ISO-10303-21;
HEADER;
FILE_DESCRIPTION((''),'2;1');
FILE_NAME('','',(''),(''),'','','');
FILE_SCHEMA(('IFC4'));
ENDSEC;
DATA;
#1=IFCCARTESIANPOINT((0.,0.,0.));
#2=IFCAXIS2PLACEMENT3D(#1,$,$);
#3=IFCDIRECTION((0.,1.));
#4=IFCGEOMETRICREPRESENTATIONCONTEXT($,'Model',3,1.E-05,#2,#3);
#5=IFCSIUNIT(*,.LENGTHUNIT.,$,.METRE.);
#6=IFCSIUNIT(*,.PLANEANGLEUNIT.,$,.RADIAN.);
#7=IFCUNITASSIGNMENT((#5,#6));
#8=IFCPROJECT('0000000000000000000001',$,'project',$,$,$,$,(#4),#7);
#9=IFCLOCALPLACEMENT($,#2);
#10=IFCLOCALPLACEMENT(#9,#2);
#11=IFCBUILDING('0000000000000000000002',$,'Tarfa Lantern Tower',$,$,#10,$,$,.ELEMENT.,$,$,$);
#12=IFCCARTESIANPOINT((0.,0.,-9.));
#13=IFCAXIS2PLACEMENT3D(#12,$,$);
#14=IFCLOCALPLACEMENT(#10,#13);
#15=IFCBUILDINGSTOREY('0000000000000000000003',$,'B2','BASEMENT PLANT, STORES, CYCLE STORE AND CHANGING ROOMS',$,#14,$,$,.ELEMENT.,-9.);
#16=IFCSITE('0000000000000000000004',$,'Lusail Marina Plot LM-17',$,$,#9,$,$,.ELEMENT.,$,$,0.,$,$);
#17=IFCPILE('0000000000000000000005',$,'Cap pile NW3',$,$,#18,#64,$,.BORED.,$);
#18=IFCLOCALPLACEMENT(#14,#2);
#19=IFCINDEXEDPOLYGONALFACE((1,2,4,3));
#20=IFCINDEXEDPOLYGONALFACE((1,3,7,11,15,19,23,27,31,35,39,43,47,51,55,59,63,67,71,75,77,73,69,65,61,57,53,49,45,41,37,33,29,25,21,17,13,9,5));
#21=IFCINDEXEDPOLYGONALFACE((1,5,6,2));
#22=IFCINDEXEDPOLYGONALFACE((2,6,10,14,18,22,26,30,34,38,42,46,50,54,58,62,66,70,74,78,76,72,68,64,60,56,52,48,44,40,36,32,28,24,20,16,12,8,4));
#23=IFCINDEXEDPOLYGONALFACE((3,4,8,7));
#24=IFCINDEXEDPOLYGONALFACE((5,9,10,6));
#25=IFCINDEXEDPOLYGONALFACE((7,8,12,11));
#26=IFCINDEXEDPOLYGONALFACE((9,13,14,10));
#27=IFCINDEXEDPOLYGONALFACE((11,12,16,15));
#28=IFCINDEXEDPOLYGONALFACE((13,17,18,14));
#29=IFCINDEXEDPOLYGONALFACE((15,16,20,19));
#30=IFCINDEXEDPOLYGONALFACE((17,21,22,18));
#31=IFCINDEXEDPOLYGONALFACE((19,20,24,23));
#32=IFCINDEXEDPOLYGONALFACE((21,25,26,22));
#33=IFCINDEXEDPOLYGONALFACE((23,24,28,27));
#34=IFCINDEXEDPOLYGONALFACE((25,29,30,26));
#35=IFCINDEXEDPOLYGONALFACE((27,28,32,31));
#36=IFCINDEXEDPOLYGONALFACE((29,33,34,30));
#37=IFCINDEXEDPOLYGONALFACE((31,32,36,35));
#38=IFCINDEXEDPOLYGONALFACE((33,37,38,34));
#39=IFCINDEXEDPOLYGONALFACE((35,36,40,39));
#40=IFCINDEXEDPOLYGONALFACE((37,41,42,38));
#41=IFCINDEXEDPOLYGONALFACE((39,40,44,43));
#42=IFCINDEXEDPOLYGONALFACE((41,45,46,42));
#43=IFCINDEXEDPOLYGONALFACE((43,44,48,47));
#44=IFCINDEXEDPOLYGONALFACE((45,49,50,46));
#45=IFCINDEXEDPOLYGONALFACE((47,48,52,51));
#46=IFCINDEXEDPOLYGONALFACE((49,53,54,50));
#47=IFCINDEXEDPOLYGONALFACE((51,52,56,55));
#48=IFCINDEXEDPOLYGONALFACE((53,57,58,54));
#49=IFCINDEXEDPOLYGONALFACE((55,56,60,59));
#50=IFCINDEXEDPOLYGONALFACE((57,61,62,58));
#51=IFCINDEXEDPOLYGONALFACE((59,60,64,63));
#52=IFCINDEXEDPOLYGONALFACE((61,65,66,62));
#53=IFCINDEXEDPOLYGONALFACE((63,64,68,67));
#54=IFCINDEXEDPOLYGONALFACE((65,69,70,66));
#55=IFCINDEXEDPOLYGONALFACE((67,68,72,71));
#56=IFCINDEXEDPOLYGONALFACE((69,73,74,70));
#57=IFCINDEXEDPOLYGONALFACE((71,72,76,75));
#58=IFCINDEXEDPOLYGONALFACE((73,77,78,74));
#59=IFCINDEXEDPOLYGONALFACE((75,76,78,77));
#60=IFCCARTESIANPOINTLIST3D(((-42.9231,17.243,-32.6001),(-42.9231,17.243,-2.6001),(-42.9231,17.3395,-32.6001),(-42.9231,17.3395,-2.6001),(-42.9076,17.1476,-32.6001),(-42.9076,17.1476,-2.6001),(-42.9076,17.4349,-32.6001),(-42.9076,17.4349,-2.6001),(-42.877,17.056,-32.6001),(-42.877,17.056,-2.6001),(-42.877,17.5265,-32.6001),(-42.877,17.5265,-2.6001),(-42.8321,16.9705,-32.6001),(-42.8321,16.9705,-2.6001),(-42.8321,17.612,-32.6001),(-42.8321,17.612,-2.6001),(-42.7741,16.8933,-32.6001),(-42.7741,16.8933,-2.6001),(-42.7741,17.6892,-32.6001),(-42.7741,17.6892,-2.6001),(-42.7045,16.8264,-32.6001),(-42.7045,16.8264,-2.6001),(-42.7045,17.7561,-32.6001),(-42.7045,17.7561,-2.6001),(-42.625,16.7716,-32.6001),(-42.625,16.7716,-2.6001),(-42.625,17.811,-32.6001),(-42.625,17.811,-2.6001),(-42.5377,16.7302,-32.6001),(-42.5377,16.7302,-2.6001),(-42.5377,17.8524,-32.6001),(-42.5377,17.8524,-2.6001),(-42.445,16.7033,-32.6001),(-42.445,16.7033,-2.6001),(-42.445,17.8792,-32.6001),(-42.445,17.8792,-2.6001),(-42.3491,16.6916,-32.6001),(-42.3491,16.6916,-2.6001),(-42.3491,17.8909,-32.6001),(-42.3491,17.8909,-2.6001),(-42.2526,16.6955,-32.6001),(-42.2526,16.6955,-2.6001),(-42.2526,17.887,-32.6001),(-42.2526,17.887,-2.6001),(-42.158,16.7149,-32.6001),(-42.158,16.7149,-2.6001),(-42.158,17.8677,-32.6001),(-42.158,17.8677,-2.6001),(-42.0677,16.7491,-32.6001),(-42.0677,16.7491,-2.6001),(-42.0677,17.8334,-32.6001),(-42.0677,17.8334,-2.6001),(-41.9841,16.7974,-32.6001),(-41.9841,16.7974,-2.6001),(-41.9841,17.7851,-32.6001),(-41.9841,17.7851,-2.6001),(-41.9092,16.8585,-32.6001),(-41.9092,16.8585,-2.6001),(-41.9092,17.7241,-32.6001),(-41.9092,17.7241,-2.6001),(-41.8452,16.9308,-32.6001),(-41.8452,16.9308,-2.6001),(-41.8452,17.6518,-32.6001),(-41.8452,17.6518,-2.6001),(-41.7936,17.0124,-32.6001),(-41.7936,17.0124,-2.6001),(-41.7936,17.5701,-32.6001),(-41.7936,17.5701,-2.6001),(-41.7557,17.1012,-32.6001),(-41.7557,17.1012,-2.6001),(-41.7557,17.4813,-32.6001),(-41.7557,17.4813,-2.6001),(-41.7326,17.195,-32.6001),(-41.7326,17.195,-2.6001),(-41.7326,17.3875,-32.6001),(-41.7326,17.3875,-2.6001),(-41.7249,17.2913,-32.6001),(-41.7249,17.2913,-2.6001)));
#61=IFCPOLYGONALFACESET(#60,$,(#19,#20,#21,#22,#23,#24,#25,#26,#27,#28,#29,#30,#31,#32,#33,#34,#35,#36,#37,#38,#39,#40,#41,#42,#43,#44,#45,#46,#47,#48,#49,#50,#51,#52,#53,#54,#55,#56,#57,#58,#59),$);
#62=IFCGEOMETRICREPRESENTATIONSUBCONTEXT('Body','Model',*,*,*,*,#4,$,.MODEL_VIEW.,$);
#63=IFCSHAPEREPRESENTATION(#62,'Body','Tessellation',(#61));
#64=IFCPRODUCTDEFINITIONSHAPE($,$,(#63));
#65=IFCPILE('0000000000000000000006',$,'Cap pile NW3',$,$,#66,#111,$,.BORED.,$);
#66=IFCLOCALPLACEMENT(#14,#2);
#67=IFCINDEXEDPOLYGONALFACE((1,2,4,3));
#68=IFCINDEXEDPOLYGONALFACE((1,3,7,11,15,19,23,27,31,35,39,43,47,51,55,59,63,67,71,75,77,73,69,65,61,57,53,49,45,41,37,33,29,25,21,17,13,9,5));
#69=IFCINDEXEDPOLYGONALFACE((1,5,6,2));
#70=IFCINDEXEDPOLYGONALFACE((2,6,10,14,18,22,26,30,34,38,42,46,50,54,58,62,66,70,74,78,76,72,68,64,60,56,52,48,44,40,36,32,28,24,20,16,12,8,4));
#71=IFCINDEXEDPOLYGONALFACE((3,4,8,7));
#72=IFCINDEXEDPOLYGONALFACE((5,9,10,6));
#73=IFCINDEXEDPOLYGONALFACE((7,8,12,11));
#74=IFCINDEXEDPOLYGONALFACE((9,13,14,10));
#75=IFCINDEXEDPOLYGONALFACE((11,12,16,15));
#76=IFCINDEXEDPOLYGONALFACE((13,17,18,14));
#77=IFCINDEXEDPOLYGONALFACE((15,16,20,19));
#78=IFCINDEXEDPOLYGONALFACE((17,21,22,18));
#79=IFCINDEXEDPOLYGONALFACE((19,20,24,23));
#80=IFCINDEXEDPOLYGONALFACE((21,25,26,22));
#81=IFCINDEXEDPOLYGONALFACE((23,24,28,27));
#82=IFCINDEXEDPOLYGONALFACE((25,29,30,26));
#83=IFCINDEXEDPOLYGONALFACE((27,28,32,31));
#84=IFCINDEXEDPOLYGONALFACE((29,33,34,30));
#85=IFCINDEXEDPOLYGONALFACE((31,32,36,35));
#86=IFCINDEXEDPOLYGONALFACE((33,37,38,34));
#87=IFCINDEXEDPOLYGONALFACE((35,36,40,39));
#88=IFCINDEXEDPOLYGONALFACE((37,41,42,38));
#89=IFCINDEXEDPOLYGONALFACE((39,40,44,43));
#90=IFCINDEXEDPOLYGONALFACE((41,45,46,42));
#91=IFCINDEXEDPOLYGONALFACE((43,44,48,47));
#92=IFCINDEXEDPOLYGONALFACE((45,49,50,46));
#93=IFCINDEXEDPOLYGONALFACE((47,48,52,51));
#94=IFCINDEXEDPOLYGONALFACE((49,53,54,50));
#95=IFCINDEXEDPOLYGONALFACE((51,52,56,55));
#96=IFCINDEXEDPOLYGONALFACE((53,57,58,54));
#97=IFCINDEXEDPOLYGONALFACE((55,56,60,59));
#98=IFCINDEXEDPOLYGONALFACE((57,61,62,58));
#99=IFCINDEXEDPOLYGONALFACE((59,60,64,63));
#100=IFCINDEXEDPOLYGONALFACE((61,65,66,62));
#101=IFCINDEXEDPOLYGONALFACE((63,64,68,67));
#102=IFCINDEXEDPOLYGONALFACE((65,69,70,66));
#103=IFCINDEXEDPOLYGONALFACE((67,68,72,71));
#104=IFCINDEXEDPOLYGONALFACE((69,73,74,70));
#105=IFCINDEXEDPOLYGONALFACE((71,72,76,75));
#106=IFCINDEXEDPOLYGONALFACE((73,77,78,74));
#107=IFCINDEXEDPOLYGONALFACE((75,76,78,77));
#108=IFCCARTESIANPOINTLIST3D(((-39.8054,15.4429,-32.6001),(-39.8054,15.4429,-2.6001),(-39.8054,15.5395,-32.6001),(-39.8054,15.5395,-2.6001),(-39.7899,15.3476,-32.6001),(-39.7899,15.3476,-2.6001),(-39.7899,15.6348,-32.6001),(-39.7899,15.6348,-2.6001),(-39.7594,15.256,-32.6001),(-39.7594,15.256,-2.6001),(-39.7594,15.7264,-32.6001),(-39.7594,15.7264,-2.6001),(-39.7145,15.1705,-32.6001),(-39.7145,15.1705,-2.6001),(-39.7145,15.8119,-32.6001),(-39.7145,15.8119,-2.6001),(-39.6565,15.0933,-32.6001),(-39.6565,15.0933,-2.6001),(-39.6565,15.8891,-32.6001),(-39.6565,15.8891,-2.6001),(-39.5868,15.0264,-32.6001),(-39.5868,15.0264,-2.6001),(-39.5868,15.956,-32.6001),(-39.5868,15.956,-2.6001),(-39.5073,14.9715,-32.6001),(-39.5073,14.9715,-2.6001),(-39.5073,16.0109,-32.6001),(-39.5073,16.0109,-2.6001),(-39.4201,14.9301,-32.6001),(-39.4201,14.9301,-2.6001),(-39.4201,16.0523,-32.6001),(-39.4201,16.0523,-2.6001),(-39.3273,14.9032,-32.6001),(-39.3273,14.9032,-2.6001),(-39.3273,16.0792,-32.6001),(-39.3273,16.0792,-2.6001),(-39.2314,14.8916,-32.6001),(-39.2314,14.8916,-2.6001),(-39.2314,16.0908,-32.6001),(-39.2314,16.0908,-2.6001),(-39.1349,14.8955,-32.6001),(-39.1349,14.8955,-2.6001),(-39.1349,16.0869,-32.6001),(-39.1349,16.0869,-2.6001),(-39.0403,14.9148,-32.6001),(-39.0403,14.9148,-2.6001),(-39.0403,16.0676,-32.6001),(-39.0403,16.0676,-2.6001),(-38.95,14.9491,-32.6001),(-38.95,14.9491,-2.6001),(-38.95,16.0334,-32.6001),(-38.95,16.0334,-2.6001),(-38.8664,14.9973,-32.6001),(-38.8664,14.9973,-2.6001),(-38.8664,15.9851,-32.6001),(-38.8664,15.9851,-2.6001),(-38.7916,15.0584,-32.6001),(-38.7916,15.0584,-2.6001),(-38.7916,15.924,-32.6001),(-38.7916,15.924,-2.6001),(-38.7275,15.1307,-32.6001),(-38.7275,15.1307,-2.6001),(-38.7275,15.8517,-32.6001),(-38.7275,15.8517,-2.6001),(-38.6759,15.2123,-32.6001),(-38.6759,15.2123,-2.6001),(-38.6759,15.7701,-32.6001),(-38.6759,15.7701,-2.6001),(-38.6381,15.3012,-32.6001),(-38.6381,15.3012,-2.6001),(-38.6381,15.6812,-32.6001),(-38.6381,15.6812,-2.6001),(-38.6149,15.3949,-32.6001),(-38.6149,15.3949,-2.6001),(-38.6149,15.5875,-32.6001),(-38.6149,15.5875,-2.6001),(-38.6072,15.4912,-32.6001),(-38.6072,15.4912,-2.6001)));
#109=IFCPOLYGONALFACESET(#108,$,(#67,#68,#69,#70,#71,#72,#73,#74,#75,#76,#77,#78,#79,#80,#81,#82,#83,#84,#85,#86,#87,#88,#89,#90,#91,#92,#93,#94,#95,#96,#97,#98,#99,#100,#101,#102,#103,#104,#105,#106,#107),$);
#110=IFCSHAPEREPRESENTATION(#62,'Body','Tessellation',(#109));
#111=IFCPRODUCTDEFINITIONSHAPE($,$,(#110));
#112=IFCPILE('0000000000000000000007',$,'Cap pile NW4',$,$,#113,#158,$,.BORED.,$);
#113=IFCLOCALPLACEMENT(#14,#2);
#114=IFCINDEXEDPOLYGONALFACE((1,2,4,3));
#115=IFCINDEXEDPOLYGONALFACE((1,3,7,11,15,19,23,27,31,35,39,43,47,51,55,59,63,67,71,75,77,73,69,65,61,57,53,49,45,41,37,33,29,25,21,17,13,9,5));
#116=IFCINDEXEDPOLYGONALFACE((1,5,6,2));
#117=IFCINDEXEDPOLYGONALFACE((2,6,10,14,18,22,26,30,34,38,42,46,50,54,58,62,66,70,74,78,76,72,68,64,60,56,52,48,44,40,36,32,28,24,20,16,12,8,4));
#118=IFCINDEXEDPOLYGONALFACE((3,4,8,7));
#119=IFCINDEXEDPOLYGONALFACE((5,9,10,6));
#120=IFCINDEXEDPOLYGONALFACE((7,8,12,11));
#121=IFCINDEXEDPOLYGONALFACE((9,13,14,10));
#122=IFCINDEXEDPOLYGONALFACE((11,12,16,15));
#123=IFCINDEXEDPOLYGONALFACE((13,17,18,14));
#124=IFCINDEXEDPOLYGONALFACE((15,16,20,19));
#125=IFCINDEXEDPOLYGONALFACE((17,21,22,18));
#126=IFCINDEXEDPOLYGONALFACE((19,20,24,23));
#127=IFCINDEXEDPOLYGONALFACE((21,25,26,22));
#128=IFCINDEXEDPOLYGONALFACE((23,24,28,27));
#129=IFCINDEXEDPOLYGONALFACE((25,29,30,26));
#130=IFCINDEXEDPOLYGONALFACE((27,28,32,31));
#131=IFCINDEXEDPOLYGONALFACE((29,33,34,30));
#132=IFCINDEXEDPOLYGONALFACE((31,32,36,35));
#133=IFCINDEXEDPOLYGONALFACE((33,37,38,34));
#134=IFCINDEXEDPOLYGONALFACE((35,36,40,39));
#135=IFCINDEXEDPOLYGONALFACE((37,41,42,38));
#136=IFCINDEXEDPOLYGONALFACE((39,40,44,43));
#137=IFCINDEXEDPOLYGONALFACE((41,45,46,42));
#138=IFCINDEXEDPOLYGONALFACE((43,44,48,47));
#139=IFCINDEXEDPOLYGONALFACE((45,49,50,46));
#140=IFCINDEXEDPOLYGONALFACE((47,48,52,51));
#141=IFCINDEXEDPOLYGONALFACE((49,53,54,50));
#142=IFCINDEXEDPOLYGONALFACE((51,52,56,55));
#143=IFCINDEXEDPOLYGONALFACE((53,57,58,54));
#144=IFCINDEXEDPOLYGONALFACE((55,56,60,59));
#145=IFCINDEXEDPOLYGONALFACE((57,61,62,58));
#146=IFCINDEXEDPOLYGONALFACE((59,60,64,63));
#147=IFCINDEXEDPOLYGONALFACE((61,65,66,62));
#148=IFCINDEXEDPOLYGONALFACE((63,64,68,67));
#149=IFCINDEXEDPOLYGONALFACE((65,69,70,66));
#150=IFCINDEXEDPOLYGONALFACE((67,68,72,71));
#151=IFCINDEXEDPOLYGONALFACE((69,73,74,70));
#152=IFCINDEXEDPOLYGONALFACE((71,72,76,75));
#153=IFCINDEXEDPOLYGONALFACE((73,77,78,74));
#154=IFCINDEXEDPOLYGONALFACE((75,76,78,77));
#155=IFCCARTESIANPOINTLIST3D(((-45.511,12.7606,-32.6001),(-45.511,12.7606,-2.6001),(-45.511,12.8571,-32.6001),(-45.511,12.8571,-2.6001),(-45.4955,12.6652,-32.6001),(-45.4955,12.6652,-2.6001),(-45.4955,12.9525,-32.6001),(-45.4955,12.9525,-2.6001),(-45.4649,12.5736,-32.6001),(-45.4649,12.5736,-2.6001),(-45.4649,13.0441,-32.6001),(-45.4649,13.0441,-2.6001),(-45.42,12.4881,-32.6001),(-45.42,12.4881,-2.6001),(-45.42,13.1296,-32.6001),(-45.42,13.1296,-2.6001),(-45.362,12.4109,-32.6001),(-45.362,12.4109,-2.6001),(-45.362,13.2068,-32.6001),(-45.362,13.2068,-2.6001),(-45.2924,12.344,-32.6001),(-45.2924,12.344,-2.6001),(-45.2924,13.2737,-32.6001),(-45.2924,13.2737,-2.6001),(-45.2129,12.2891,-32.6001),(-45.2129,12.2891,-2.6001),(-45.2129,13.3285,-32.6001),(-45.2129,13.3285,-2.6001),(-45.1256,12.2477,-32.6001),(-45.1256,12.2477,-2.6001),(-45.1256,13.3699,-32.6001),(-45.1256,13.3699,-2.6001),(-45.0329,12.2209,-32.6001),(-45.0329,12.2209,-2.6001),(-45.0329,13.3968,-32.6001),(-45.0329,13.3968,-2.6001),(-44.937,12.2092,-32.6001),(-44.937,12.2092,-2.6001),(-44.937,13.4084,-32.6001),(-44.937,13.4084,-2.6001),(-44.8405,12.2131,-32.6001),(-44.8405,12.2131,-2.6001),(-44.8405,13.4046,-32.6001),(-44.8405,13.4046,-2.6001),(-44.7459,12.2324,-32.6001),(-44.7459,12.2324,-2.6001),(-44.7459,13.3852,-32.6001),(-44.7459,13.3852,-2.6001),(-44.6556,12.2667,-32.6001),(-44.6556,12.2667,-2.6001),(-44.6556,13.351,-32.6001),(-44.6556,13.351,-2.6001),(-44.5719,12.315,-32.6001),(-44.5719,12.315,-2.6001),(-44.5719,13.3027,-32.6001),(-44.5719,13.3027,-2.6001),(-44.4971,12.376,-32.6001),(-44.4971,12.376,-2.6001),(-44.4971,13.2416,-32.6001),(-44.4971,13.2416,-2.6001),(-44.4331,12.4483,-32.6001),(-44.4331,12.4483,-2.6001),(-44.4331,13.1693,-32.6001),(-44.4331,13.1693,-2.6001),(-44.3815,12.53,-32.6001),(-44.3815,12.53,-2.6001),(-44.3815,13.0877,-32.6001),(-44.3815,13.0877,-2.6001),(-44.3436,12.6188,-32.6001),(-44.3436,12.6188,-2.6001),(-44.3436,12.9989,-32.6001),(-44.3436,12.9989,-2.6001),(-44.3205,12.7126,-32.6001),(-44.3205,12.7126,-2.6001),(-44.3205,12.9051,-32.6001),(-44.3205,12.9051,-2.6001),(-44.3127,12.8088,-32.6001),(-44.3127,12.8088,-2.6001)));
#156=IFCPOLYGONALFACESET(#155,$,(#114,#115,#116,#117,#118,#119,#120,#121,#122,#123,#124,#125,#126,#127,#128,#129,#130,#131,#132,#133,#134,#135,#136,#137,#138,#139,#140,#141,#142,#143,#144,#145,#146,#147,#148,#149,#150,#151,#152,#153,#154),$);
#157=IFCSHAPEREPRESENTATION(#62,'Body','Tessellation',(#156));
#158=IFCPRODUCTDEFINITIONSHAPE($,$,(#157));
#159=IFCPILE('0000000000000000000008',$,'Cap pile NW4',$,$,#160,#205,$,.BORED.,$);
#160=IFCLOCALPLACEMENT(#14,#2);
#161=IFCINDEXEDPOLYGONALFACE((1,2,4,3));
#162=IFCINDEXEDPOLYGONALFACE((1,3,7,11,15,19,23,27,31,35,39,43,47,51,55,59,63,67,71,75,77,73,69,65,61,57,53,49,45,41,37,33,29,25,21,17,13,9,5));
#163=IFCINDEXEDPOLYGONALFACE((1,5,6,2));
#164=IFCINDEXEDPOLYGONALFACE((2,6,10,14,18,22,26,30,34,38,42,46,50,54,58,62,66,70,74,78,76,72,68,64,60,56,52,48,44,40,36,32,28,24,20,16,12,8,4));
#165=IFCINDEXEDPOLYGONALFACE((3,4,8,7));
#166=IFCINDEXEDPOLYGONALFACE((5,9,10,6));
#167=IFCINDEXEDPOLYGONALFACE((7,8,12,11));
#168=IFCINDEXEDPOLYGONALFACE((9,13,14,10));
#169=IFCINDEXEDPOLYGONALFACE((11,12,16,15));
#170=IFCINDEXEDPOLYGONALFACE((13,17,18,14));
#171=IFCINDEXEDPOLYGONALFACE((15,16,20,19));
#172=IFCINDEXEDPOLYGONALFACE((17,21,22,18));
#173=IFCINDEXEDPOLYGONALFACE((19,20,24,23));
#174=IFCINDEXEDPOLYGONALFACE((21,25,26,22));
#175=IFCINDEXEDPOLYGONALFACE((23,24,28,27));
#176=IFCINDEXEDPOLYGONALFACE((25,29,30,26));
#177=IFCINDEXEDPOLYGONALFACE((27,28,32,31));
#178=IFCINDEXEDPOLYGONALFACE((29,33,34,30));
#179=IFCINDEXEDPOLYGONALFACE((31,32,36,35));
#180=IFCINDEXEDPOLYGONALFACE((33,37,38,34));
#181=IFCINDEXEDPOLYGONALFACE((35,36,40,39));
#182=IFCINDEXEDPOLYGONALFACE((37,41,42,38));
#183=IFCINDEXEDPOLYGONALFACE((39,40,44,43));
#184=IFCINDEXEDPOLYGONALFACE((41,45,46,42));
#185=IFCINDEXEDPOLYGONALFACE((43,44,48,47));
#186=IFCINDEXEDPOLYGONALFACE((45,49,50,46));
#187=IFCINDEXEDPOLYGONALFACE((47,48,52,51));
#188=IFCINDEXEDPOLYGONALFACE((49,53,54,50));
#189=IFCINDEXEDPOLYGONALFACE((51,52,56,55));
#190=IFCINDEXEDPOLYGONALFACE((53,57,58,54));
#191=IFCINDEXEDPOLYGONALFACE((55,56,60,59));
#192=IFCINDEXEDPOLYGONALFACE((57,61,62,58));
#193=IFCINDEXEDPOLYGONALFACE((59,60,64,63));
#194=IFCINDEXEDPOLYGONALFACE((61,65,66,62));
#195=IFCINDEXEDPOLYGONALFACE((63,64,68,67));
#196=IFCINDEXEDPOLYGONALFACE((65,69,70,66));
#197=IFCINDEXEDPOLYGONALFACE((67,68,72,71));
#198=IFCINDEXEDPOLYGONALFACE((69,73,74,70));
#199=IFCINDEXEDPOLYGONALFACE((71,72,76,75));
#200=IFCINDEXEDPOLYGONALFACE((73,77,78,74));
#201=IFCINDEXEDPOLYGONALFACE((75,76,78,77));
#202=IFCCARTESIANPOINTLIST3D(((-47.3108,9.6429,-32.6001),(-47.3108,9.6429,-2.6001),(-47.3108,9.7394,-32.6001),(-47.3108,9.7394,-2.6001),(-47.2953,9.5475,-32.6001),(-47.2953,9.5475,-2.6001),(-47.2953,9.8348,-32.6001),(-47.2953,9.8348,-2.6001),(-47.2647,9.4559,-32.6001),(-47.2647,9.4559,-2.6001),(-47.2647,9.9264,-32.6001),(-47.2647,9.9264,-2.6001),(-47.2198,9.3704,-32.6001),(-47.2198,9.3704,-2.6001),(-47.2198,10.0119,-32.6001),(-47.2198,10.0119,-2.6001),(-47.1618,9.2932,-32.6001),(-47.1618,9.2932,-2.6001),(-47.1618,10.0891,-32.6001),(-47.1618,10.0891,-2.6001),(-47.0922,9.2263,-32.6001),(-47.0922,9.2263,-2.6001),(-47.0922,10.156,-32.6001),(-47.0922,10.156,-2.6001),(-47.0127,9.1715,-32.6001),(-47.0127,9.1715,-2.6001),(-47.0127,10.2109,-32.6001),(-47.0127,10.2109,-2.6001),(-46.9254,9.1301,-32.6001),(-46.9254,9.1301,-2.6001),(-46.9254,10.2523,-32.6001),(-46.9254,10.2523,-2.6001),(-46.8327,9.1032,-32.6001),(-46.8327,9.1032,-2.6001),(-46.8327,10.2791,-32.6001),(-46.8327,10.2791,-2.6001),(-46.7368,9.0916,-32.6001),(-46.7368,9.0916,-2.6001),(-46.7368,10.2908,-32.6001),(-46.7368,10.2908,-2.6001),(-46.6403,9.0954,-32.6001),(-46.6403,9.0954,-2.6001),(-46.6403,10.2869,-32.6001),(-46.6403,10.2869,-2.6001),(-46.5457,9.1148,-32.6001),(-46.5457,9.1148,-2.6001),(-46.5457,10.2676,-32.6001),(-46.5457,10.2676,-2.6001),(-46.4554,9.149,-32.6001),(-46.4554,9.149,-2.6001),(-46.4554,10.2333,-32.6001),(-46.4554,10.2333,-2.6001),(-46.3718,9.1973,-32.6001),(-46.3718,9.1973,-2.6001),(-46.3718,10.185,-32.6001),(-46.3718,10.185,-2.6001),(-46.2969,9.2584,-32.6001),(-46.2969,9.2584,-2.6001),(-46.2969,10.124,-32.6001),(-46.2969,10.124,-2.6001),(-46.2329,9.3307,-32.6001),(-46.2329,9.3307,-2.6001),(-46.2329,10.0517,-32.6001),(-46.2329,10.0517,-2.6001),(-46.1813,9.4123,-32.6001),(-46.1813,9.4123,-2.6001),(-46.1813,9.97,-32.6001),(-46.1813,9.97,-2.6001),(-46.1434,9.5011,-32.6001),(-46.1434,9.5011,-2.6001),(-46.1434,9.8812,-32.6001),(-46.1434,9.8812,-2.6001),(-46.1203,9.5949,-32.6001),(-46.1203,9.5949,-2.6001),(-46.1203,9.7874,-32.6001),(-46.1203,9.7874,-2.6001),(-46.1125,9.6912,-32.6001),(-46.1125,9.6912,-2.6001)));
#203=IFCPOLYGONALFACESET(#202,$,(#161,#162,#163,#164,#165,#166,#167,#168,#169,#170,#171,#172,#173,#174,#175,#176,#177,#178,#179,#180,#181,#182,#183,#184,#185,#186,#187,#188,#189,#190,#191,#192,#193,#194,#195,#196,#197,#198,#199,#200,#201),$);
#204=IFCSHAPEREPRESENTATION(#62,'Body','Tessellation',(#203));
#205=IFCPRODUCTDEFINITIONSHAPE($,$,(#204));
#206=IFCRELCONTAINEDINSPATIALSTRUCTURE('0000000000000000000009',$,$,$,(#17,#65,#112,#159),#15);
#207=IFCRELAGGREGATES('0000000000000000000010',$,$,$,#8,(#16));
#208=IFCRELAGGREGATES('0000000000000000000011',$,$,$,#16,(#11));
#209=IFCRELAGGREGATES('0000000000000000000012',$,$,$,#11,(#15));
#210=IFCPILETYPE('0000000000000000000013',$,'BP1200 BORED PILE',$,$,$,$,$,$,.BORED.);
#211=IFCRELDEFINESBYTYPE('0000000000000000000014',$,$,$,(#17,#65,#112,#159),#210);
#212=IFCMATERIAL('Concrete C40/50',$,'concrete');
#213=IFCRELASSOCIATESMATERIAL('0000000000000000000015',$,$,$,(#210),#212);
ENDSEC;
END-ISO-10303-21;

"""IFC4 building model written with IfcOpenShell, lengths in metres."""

from ifc_helpers import new_model, si_unit, direction, frame, origin, origin_2d, place, context, subcontext, project, spatial, circle, extrude, material, material_profile, profile_set, type_object, element, save


model = new_model("IFC4")

# Units and contexts
model_context = context("Model", 3, precision=1e-05, world=origin(), true_north=direction((0.0, 1.0)))
body_context = subcontext(model_context, "Body", "Model", "MODEL_VIEW")
ifc_project = project(units=[si_unit("LENGTHUNIT", "METRE"), si_unit("PLANEANGLEUNIT", "RADIAN")], contexts=[model_context])

# Site, building, storey
site_placement = place(None, origin())
site = spatial("IfcSite", under=ifc_project, at=site_placement, Name="Lusail Marina Plot LM-17", CompositionType="ELEMENT", RefElevation=0.0)
building_placement = place(site_placement, origin())
building = spatial("IfcBuilding", under=site, at=building_placement, Name="Tarfa Lantern Tower", CompositionType="ELEMENT")
storey_placement = place(building_placement, frame((0.0, 0.0, -9.0)))
storey = spatial("IfcBuildingStorey", under=building, at=storey_placement, Name="B2", Description="BASEMENT PLANT, STORES, CYCLE STORE AND CHANGING ROOMS", CompositionType="ELEMENT", Elevation=-9.0)

# Piles
ifc_material_1 = material(Name="Concrete C40/50", Category="concrete")
ifc_material_profile_1 = material_profile(ifc_material_1, circle(Radius=0.6001, at=origin_2d()), Name="BORED PILE D1200")
ifc_profile_set_1 = profile_set([ifc_material_profile_1], Name="Concrete C40/50")
pile_type_1 = type_object("IfcPileType", Name="BP1200 BORED PILE", PredefinedType="BORED", material=ifc_profile_set_1)
for number, where, z_axis, x_axis, name in (
    (1, (-42.325, 17.2913, -2.6001), (0.0, 0.0, -1.0), (1.0, 0.0, 0.0), "Cap pile NW3"),
    (2, (-39.2073, 15.4912, -2.6001), (0.0, 0.0, -1.0), (1.0, 0.0, 0.0), "Cap pile NW3"),
    (3, (-44.9128, 12.8088, -2.6001), (0.0, 0.0, -1.0), (1.0, 0.0, 0.0), "Cap pile NW4"),
    (4, (-46.7126, 9.6912, -2.6001), (0.0, 0.0, -1.0), (1.0, 0.0, 0.0), "Cap pile NW4"),
):
    element("IfcPile", number, at=place(storey_placement, frame(where, z_axis=z_axis, x_axis=x_axis)), inside=storey, type_object=pile_type_1, Name=name, PredefinedType="BORED", context=body_context, shape_type="SweptSolid", body=[
        extrude(circle(Radius=0.6001, at=origin_2d()), origin(), (0.0, 0.0, 1.0), 30.0),
    ])

save(model, "model.ifc")
